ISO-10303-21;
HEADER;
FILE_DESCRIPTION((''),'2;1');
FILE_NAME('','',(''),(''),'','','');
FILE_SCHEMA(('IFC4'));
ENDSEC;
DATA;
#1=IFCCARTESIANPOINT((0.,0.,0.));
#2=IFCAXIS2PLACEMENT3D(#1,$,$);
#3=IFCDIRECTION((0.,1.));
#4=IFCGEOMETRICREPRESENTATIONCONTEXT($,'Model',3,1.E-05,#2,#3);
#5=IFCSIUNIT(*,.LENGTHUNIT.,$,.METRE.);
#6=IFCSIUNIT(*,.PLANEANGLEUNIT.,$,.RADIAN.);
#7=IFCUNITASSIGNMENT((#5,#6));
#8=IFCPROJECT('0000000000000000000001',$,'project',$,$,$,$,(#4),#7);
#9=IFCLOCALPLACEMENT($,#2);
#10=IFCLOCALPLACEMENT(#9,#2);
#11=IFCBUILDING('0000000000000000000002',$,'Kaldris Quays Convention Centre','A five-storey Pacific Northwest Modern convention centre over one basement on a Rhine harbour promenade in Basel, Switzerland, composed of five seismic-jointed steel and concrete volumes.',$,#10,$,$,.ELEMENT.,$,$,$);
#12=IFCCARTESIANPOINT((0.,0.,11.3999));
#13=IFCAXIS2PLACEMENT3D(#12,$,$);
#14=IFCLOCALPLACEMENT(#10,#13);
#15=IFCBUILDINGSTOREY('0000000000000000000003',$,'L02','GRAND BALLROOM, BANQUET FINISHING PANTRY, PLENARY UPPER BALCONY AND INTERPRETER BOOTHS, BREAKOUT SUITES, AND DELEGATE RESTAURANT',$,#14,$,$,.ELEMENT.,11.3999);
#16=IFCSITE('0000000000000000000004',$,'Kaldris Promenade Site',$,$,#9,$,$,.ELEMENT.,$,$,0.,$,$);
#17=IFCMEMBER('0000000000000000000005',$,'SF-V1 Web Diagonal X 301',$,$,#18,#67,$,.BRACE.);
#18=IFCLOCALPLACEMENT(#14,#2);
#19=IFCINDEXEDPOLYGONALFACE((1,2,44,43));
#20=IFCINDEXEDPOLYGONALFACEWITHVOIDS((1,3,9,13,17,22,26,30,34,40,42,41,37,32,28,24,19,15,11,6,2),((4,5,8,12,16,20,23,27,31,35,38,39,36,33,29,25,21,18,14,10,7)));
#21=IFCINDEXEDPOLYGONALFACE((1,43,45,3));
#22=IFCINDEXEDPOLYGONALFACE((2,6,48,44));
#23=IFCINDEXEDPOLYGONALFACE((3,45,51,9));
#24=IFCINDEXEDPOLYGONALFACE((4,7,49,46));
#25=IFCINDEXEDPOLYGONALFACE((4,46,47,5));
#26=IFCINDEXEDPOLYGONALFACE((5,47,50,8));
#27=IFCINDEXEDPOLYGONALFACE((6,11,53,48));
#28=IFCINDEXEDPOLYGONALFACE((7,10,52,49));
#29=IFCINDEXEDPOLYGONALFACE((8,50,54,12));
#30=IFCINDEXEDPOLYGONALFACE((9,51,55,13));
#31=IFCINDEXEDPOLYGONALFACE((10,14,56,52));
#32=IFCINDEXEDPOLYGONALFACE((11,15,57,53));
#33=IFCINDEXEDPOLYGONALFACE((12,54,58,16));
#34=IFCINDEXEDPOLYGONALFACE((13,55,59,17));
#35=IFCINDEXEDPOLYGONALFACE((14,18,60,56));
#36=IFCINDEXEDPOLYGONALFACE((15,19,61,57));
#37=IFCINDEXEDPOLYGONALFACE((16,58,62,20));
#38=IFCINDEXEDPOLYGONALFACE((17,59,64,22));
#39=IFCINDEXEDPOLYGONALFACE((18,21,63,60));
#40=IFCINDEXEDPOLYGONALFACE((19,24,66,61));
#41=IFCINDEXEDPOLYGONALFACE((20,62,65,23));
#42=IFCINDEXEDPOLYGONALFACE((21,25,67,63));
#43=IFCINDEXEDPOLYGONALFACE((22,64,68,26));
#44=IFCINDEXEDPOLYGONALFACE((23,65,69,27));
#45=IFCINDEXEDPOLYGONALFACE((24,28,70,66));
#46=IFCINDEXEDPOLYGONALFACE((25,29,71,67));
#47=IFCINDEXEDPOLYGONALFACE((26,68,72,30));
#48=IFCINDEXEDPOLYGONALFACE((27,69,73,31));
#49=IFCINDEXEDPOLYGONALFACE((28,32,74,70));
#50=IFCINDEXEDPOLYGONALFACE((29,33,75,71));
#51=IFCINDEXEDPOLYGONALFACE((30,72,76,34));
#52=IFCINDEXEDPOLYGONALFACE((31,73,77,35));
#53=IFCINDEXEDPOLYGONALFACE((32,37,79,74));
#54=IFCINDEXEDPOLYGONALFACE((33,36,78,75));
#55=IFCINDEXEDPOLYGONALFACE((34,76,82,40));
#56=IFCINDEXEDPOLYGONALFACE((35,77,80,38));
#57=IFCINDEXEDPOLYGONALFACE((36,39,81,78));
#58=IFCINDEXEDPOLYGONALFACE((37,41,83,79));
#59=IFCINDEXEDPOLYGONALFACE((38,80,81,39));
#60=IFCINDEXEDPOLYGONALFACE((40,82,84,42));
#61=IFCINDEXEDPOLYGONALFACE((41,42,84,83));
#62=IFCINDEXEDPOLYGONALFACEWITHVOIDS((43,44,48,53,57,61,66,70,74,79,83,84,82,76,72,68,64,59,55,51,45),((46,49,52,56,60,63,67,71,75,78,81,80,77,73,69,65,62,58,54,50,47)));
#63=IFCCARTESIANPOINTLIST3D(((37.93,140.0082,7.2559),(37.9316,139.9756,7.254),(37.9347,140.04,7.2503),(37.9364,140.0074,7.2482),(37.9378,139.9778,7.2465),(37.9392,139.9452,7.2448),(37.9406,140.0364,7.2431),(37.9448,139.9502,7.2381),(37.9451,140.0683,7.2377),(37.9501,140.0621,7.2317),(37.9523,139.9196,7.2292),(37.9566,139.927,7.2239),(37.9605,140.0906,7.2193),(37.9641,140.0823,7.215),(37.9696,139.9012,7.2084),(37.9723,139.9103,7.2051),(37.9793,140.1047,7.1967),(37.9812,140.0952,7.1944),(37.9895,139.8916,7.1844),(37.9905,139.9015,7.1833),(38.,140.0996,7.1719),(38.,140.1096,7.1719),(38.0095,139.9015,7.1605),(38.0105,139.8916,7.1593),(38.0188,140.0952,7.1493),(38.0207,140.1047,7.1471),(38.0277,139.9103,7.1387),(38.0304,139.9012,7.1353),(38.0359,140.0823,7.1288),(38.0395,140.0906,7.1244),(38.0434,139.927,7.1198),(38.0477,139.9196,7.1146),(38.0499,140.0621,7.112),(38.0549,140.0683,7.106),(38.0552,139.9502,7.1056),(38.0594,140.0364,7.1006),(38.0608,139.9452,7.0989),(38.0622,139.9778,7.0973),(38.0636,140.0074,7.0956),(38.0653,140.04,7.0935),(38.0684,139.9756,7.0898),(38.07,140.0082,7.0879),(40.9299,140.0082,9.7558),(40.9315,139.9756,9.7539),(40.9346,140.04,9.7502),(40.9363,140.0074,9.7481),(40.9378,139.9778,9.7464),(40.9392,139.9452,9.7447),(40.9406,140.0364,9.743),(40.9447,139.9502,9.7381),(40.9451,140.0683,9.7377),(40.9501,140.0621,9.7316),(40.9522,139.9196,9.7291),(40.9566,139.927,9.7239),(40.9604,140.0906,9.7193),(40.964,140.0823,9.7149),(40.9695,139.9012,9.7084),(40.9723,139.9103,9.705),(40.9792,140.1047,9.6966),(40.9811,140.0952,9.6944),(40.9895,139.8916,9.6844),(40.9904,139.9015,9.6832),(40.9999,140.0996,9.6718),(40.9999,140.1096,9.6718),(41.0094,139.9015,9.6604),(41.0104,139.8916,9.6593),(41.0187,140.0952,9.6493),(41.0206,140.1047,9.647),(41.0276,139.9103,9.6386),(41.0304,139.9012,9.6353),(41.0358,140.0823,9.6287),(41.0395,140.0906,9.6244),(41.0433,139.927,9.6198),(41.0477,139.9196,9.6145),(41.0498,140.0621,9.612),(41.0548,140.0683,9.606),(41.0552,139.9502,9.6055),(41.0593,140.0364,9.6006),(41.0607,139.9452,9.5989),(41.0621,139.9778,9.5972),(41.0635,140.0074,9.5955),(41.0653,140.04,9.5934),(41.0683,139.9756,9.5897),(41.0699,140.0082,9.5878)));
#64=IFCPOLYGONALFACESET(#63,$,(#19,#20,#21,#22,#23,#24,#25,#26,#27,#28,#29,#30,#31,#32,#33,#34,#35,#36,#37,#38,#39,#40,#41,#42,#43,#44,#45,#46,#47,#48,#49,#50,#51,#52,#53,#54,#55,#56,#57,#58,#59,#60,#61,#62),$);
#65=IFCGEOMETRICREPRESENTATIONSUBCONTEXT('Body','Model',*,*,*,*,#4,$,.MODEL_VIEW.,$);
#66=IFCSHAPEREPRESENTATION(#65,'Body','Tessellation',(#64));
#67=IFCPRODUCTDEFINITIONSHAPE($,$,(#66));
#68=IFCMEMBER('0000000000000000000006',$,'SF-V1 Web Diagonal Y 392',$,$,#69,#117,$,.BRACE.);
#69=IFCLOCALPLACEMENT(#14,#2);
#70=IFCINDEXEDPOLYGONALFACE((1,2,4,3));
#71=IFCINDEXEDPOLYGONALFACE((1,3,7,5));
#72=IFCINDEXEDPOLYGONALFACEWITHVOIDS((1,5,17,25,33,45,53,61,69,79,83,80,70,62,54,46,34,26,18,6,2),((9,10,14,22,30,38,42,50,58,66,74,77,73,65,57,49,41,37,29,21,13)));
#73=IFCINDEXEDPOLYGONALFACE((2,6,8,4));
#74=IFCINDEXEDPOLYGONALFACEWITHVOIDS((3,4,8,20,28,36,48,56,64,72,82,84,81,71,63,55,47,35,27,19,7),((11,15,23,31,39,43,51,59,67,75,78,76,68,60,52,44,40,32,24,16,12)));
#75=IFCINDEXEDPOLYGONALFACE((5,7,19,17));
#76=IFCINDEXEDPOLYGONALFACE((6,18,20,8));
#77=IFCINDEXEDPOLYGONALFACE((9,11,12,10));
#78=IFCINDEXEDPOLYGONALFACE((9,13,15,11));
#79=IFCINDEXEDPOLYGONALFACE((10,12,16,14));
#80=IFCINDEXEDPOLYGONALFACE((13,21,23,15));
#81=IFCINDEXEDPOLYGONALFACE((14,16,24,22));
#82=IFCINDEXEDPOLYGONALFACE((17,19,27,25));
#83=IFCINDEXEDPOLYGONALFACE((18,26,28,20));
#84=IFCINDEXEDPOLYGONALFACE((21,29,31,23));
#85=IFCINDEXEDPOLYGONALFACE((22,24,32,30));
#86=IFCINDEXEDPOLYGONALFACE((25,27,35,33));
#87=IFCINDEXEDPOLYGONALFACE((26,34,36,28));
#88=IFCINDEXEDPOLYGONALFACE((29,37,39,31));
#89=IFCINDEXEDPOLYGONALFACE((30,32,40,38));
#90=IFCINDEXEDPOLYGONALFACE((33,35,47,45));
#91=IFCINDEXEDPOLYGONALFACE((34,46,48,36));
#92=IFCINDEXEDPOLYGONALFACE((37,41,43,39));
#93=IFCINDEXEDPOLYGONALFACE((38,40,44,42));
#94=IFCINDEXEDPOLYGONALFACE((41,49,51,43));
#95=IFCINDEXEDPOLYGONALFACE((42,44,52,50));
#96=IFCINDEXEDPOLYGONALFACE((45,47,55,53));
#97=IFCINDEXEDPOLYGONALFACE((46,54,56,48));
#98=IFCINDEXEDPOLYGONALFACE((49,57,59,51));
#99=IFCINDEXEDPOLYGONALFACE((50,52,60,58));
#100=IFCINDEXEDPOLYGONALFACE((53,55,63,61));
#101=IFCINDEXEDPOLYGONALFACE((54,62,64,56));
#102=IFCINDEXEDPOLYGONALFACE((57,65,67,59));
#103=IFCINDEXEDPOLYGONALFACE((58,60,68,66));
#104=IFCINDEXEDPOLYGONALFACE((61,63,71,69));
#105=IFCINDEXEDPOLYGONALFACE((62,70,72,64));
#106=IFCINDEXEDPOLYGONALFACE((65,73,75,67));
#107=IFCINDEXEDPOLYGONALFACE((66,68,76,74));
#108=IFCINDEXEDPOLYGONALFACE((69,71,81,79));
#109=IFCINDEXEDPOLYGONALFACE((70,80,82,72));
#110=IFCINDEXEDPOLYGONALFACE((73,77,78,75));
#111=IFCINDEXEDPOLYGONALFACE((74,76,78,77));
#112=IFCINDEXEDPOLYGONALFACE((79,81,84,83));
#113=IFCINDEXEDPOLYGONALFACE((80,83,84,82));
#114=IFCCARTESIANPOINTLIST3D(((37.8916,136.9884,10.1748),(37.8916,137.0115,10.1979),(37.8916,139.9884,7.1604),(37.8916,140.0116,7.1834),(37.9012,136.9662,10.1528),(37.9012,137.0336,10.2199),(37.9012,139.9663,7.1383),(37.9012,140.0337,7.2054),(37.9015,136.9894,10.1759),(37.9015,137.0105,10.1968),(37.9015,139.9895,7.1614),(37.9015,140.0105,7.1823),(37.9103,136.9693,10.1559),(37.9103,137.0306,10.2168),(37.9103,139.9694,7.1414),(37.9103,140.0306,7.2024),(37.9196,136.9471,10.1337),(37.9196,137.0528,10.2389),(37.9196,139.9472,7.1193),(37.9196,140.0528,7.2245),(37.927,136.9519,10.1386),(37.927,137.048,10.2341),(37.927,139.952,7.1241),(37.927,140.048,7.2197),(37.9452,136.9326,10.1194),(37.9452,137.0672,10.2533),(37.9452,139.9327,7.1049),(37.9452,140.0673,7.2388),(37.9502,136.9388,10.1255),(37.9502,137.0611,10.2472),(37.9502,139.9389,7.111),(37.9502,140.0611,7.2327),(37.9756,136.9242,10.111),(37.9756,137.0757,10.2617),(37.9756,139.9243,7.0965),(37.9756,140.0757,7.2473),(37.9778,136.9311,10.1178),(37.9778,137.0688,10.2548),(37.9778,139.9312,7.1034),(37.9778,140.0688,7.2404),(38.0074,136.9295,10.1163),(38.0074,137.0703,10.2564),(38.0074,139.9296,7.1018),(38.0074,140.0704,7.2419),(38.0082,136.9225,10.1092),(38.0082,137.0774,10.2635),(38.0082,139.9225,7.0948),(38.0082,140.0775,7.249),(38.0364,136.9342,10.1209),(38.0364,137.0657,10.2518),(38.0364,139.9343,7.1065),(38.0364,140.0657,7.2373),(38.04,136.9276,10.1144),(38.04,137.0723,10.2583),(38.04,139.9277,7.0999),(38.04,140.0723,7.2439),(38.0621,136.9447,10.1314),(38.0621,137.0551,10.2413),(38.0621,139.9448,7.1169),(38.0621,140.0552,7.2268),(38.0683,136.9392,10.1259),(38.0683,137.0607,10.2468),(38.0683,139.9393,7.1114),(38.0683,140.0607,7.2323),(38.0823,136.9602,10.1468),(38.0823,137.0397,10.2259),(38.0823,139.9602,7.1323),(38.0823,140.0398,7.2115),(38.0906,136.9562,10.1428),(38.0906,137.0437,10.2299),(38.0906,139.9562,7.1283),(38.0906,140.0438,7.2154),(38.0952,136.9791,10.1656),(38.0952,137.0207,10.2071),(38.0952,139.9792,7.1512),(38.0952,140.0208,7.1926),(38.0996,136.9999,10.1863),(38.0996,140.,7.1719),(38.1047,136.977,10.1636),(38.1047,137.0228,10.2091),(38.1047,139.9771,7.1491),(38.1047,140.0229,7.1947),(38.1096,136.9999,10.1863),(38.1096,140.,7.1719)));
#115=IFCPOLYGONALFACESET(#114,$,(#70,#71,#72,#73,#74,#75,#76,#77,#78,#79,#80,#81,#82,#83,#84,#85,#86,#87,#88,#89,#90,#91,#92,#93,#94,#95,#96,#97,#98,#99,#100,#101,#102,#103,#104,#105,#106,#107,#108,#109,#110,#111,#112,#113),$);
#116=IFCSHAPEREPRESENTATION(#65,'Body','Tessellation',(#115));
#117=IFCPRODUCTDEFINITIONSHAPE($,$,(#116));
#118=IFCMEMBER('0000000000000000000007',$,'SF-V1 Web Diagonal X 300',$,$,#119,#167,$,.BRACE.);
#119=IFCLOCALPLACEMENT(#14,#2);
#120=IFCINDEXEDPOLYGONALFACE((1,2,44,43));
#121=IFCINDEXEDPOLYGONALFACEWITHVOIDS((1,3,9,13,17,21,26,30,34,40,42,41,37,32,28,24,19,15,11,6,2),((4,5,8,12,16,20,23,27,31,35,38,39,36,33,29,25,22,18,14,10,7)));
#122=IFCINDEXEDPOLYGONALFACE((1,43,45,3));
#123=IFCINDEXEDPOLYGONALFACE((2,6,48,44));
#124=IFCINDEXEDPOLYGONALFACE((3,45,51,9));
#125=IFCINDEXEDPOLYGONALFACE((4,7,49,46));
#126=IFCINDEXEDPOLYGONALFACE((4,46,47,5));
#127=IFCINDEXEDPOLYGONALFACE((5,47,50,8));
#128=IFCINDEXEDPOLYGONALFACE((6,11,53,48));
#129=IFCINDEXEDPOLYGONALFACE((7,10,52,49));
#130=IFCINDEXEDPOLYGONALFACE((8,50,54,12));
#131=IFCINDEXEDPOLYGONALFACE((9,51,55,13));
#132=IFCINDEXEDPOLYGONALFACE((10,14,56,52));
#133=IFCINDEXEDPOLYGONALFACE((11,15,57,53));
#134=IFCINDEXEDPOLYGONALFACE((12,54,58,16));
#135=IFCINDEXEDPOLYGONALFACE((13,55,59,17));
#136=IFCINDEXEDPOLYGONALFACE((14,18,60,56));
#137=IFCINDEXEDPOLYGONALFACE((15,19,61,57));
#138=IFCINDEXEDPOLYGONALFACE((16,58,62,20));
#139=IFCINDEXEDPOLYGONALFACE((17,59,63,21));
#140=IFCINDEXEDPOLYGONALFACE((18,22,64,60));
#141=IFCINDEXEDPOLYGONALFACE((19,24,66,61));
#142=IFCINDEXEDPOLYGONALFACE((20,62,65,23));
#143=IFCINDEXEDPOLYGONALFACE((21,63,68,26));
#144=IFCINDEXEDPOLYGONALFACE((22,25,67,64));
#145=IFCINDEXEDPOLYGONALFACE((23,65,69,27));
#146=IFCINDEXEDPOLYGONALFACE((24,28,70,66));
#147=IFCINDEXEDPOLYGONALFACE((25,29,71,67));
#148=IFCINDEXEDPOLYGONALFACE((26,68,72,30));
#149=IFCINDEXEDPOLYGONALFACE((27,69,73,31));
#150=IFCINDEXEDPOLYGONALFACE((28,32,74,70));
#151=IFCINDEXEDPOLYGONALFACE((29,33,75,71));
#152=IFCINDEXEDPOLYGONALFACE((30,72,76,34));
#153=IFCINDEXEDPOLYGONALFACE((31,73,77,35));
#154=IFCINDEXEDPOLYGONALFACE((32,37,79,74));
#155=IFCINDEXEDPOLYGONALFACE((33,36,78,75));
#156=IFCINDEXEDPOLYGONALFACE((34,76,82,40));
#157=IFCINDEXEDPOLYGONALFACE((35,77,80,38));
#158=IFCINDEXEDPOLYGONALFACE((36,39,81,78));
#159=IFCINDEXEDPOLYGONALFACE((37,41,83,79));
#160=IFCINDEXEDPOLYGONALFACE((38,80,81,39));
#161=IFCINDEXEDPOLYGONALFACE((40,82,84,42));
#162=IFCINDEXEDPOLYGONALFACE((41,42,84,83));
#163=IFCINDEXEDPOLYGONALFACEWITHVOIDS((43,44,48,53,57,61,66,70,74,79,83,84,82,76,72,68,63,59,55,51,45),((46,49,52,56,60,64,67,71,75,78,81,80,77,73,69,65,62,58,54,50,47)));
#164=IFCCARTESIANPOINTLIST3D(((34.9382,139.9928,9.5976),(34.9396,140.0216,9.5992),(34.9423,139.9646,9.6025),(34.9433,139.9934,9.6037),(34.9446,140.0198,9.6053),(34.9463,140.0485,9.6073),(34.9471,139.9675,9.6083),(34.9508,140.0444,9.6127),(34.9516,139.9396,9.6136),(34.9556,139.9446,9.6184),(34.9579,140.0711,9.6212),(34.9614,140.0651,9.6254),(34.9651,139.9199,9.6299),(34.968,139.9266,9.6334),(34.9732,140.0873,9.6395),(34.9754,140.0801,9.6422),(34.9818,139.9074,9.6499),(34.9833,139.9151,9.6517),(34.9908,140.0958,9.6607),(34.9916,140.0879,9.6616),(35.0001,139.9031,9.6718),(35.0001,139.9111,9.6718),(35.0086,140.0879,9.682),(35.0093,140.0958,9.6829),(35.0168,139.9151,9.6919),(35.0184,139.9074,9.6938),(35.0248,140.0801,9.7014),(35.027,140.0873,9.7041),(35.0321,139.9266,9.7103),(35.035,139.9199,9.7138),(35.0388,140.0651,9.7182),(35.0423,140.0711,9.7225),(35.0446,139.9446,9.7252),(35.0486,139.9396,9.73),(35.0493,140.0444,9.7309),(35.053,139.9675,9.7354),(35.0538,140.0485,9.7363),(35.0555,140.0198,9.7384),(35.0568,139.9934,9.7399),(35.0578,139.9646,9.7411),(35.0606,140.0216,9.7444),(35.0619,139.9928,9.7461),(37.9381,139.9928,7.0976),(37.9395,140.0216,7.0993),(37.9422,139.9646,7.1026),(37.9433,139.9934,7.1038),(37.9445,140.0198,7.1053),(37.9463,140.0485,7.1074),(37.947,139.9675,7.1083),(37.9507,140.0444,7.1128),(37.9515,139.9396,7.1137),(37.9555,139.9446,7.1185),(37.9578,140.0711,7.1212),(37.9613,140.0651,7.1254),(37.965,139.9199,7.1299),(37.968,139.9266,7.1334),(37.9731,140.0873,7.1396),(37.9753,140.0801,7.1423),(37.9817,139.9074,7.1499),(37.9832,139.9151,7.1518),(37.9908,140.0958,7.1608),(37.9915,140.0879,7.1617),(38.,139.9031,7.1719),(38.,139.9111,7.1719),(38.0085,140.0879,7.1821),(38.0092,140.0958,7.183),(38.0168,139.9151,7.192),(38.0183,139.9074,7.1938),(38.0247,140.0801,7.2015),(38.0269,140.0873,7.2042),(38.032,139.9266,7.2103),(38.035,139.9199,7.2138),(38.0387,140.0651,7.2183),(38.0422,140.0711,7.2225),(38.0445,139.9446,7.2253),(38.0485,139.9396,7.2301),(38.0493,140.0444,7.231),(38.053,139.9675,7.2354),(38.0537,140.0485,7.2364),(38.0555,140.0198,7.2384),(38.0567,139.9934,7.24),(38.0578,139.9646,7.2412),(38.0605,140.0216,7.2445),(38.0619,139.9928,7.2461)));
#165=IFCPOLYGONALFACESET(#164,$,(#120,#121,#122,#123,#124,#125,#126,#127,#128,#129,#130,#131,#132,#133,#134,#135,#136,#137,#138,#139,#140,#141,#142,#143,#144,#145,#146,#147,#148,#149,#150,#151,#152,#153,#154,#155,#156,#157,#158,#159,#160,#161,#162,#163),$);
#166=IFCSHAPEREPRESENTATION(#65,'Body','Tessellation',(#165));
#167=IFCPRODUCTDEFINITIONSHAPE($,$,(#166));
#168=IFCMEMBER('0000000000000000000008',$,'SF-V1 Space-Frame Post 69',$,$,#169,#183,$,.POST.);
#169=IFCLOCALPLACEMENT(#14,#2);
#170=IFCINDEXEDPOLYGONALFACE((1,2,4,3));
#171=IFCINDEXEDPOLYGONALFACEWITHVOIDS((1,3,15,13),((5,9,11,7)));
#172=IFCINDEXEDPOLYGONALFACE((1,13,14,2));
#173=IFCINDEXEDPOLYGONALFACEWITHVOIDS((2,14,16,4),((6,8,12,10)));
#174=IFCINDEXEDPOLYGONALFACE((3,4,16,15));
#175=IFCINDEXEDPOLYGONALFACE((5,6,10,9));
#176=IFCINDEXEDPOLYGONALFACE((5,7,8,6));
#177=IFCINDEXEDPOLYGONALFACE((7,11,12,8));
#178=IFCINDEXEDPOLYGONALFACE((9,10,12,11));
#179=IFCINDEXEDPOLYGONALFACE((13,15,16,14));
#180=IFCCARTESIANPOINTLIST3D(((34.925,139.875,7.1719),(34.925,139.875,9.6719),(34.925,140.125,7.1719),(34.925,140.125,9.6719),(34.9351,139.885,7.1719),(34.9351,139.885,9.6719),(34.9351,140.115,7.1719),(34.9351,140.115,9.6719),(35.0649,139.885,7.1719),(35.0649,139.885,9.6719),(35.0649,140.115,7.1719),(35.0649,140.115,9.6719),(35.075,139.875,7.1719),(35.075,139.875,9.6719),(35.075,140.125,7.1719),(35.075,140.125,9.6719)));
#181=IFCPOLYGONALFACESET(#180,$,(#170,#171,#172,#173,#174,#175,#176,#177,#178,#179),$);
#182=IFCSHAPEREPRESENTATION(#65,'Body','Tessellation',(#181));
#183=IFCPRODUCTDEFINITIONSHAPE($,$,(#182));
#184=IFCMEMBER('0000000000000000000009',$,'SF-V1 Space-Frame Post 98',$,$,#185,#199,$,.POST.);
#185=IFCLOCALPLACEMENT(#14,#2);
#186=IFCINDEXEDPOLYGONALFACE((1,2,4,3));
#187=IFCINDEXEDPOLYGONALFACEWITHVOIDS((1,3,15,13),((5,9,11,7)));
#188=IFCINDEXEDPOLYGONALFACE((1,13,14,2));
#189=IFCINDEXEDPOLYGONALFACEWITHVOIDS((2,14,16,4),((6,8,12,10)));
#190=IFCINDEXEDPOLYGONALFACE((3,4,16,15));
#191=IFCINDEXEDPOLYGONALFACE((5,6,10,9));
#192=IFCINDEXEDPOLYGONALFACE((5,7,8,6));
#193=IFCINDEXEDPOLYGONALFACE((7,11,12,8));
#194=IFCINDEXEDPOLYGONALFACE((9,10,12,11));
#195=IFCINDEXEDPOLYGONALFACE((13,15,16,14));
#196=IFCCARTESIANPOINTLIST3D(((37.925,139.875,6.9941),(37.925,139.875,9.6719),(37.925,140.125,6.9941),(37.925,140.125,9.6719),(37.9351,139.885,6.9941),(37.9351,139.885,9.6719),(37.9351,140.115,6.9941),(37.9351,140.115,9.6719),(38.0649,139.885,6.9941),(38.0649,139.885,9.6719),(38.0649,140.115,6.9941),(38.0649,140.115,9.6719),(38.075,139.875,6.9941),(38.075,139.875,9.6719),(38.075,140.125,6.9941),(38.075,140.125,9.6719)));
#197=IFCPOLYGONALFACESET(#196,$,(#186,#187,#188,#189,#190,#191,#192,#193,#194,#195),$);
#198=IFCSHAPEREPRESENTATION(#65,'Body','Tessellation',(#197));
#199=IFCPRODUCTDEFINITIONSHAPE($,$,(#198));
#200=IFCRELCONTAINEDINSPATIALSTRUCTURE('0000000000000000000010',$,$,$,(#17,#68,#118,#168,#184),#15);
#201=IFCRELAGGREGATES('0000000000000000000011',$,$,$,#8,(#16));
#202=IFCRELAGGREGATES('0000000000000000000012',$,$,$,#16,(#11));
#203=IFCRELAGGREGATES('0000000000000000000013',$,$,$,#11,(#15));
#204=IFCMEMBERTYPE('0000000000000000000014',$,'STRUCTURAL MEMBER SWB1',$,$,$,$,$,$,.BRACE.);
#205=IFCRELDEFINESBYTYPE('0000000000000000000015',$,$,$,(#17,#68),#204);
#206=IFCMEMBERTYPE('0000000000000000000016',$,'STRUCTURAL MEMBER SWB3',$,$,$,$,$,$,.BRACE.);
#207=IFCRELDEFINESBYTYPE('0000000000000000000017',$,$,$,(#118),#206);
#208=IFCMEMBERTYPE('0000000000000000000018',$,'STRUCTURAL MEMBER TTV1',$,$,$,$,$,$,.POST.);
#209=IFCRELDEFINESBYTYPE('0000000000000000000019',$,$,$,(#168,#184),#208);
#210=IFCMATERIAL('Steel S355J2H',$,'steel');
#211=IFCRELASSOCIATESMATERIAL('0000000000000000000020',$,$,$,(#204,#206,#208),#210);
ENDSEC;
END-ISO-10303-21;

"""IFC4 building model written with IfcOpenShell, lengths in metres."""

from ifc_helpers import new_model, si_unit, direction, frame, origin, origin_2d, place, context, subcontext, project, spatial, hollow_rectangle, hollow_circle, extrude, material, material_profile, profile_set, type_object, element, save


model = new_model("IFC4")

# Units and contexts
model_context = context("Model", 3, precision=1e-05, world=origin(), true_north=direction((0.0, 1.0)))
body_context = subcontext(model_context, "Body", "Model", "MODEL_VIEW")
ifc_project = project(units=[si_unit("LENGTHUNIT", "METRE"), si_unit("PLANEANGLEUNIT", "RADIAN")], contexts=[model_context])

# Site, building, storey
site_placement = place(None, origin())
site = spatial("IfcSite", under=ifc_project, at=site_placement, Name="Kaldris Promenade Site", CompositionType="ELEMENT", RefElevation=0.0)
building_placement = place(site_placement, origin())
building = spatial("IfcBuilding", under=site, at=building_placement, Name="Kaldris Quays Convention Centre", Description="A five-storey Pacific Northwest Modern convention centre over one basement on a Rhine harbour promenade in Basel, Switzerland, composed of five seismic-jointed steel and concrete volumes.", CompositionType="ELEMENT")
storey_placement = place(building_placement, frame((0.0, 0.0, 11.3999)))
storey = spatial("IfcBuildingStorey", under=building, at=storey_placement, Name="L02", Description="GRAND BALLROOM, BANQUET FINISHING PANTRY, PLENARY UPPER BALCONY AND INTERPRETER BOOTHS, BREAKOUT SUITES, AND DELEGATE RESTAURANT", CompositionType="ELEMENT", Elevation=11.3999)

# Members
ifc_material_1 = material(Name="Steel S355J2H", Category="steel")
ifc_material_profile_1 = material_profile(ifc_material_1, hollow_circle(Radius=0.1096, WallThickness=0.01, at=origin_2d()), Name="CHS 219.1x10")
ifc_profile_set_1 = profile_set([ifc_material_profile_1], Name="Steel S355J2H")
member_type_1 = type_object("IfcMemberType", Name="STRUCTURAL MEMBER SWB1", PredefinedType="BRACE", material=ifc_profile_set_1)
member_1_placement = place(storey_placement, frame((38.0, 140.0, 7.1719), z_axis=(0.768221, 0.0, 0.640184), x_axis=(0.0, 1.0, 0.0)))
element("IfcMember", 1, at=member_1_placement, inside=storey, type_object=member_type_1, Name="SF-V1 Web Diagonal X 301", PredefinedType="BRACE", context=body_context, shape_type="SweptSolid", body=[
    extrude(hollow_circle(Radius=0.1096, WallThickness=0.01, at=origin_2d()), origin(), (0.0, 0.0, 1.0), 3.905),
])
member_2_placement = place(storey_placement, frame((38.0, 140.0, 7.1719), z_axis=(0.0, -0.705411, 0.708798), x_axis=(1.0, 0.0, 0.0)))
element("IfcMember", 2, at=member_2_placement, inside=storey, type_object=member_type_1, Name="SF-V1 Web Diagonal Y 392", PredefinedType="BRACE", context=body_context, shape_type="SweptSolid", body=[
    extrude(hollow_circle(Radius=0.1096, WallThickness=0.01, at=origin_2d()), origin(), (0.0, 0.0, 1.0), 4.2529),
])
ifc_material_profile_2 = material_profile(ifc_material_1, hollow_circle(Radius=0.0969, WallThickness=0.0081, at=origin_2d()), Name="CHS 193.7x8")
ifc_profile_set_2 = profile_set([ifc_material_profile_2], Name="Steel S355J2H")
member_type_2 = type_object("IfcMemberType", Name="STRUCTURAL MEMBER SWB3", PredefinedType="BRACE", material=ifc_profile_set_2)
member_3_placement = place(storey_placement, frame((38.0, 140.0, 7.1719), z_axis=(-0.768221, 0.0, 0.640184), x_axis=(0.0, -1.0, 0.0)))
element("IfcMember", 3, at=member_3_placement, inside=storey, type_object=member_type_2, Name="SF-V1 Web Diagonal X 300", PredefinedType="BRACE", context=body_context, shape_type="SweptSolid", body=[
    extrude(hollow_circle(Radius=0.0969, WallThickness=0.0081, at=origin_2d()), origin(), (0.0, 0.0, 1.0), 3.905),
])
ifc_material_profile_3 = material_profile(ifc_material_1, hollow_rectangle(XDim=0.1499, YDim=0.25, WallThickness=0.01, at=origin_2d()), Name="RHS 250x150x10")
ifc_profile_set_3 = profile_set([ifc_material_profile_3], Name="Steel S355J2H")
member_type_3 = type_object("IfcMemberType", Name="STRUCTURAL MEMBER TTV1", PredefinedType="POST", material=ifc_profile_set_3)
member_4_placement = place(storey_placement, frame((35.0, 140.0, 7.1719), z_axis=(0.0, 0.0, 1.0), x_axis=(1.0, 0.0, 0.0)))
element("IfcMember", 4, at=member_4_placement, inside=storey, type_object=member_type_3, Name="SF-V1 Space-Frame Post 69", PredefinedType="POST", context=body_context, shape_type="SweptSolid", body=[
    extrude(hollow_rectangle(XDim=0.1499, YDim=0.25, WallThickness=0.01, at=origin_2d()), origin(), (0.0, 0.0, 1.0), 2.5),
])
member_5_placement = place(storey_placement, frame((38.0, 140.0, 6.9941), z_axis=(0.0, 0.0, 1.0), x_axis=(1.0, 0.0, 0.0)))
element("IfcMember", 5, at=member_5_placement, inside=storey, type_object=member_type_3, Name="SF-V1 Space-Frame Post 98", PredefinedType="POST", context=body_context, shape_type="SweptSolid", body=[
    extrude(hollow_rectangle(XDim=0.1499, YDim=0.25, WallThickness=0.01, at=origin_2d()), origin(), (0.0, 0.0, 1.0), 2.6777),
])

save(model, "model.ifc")
